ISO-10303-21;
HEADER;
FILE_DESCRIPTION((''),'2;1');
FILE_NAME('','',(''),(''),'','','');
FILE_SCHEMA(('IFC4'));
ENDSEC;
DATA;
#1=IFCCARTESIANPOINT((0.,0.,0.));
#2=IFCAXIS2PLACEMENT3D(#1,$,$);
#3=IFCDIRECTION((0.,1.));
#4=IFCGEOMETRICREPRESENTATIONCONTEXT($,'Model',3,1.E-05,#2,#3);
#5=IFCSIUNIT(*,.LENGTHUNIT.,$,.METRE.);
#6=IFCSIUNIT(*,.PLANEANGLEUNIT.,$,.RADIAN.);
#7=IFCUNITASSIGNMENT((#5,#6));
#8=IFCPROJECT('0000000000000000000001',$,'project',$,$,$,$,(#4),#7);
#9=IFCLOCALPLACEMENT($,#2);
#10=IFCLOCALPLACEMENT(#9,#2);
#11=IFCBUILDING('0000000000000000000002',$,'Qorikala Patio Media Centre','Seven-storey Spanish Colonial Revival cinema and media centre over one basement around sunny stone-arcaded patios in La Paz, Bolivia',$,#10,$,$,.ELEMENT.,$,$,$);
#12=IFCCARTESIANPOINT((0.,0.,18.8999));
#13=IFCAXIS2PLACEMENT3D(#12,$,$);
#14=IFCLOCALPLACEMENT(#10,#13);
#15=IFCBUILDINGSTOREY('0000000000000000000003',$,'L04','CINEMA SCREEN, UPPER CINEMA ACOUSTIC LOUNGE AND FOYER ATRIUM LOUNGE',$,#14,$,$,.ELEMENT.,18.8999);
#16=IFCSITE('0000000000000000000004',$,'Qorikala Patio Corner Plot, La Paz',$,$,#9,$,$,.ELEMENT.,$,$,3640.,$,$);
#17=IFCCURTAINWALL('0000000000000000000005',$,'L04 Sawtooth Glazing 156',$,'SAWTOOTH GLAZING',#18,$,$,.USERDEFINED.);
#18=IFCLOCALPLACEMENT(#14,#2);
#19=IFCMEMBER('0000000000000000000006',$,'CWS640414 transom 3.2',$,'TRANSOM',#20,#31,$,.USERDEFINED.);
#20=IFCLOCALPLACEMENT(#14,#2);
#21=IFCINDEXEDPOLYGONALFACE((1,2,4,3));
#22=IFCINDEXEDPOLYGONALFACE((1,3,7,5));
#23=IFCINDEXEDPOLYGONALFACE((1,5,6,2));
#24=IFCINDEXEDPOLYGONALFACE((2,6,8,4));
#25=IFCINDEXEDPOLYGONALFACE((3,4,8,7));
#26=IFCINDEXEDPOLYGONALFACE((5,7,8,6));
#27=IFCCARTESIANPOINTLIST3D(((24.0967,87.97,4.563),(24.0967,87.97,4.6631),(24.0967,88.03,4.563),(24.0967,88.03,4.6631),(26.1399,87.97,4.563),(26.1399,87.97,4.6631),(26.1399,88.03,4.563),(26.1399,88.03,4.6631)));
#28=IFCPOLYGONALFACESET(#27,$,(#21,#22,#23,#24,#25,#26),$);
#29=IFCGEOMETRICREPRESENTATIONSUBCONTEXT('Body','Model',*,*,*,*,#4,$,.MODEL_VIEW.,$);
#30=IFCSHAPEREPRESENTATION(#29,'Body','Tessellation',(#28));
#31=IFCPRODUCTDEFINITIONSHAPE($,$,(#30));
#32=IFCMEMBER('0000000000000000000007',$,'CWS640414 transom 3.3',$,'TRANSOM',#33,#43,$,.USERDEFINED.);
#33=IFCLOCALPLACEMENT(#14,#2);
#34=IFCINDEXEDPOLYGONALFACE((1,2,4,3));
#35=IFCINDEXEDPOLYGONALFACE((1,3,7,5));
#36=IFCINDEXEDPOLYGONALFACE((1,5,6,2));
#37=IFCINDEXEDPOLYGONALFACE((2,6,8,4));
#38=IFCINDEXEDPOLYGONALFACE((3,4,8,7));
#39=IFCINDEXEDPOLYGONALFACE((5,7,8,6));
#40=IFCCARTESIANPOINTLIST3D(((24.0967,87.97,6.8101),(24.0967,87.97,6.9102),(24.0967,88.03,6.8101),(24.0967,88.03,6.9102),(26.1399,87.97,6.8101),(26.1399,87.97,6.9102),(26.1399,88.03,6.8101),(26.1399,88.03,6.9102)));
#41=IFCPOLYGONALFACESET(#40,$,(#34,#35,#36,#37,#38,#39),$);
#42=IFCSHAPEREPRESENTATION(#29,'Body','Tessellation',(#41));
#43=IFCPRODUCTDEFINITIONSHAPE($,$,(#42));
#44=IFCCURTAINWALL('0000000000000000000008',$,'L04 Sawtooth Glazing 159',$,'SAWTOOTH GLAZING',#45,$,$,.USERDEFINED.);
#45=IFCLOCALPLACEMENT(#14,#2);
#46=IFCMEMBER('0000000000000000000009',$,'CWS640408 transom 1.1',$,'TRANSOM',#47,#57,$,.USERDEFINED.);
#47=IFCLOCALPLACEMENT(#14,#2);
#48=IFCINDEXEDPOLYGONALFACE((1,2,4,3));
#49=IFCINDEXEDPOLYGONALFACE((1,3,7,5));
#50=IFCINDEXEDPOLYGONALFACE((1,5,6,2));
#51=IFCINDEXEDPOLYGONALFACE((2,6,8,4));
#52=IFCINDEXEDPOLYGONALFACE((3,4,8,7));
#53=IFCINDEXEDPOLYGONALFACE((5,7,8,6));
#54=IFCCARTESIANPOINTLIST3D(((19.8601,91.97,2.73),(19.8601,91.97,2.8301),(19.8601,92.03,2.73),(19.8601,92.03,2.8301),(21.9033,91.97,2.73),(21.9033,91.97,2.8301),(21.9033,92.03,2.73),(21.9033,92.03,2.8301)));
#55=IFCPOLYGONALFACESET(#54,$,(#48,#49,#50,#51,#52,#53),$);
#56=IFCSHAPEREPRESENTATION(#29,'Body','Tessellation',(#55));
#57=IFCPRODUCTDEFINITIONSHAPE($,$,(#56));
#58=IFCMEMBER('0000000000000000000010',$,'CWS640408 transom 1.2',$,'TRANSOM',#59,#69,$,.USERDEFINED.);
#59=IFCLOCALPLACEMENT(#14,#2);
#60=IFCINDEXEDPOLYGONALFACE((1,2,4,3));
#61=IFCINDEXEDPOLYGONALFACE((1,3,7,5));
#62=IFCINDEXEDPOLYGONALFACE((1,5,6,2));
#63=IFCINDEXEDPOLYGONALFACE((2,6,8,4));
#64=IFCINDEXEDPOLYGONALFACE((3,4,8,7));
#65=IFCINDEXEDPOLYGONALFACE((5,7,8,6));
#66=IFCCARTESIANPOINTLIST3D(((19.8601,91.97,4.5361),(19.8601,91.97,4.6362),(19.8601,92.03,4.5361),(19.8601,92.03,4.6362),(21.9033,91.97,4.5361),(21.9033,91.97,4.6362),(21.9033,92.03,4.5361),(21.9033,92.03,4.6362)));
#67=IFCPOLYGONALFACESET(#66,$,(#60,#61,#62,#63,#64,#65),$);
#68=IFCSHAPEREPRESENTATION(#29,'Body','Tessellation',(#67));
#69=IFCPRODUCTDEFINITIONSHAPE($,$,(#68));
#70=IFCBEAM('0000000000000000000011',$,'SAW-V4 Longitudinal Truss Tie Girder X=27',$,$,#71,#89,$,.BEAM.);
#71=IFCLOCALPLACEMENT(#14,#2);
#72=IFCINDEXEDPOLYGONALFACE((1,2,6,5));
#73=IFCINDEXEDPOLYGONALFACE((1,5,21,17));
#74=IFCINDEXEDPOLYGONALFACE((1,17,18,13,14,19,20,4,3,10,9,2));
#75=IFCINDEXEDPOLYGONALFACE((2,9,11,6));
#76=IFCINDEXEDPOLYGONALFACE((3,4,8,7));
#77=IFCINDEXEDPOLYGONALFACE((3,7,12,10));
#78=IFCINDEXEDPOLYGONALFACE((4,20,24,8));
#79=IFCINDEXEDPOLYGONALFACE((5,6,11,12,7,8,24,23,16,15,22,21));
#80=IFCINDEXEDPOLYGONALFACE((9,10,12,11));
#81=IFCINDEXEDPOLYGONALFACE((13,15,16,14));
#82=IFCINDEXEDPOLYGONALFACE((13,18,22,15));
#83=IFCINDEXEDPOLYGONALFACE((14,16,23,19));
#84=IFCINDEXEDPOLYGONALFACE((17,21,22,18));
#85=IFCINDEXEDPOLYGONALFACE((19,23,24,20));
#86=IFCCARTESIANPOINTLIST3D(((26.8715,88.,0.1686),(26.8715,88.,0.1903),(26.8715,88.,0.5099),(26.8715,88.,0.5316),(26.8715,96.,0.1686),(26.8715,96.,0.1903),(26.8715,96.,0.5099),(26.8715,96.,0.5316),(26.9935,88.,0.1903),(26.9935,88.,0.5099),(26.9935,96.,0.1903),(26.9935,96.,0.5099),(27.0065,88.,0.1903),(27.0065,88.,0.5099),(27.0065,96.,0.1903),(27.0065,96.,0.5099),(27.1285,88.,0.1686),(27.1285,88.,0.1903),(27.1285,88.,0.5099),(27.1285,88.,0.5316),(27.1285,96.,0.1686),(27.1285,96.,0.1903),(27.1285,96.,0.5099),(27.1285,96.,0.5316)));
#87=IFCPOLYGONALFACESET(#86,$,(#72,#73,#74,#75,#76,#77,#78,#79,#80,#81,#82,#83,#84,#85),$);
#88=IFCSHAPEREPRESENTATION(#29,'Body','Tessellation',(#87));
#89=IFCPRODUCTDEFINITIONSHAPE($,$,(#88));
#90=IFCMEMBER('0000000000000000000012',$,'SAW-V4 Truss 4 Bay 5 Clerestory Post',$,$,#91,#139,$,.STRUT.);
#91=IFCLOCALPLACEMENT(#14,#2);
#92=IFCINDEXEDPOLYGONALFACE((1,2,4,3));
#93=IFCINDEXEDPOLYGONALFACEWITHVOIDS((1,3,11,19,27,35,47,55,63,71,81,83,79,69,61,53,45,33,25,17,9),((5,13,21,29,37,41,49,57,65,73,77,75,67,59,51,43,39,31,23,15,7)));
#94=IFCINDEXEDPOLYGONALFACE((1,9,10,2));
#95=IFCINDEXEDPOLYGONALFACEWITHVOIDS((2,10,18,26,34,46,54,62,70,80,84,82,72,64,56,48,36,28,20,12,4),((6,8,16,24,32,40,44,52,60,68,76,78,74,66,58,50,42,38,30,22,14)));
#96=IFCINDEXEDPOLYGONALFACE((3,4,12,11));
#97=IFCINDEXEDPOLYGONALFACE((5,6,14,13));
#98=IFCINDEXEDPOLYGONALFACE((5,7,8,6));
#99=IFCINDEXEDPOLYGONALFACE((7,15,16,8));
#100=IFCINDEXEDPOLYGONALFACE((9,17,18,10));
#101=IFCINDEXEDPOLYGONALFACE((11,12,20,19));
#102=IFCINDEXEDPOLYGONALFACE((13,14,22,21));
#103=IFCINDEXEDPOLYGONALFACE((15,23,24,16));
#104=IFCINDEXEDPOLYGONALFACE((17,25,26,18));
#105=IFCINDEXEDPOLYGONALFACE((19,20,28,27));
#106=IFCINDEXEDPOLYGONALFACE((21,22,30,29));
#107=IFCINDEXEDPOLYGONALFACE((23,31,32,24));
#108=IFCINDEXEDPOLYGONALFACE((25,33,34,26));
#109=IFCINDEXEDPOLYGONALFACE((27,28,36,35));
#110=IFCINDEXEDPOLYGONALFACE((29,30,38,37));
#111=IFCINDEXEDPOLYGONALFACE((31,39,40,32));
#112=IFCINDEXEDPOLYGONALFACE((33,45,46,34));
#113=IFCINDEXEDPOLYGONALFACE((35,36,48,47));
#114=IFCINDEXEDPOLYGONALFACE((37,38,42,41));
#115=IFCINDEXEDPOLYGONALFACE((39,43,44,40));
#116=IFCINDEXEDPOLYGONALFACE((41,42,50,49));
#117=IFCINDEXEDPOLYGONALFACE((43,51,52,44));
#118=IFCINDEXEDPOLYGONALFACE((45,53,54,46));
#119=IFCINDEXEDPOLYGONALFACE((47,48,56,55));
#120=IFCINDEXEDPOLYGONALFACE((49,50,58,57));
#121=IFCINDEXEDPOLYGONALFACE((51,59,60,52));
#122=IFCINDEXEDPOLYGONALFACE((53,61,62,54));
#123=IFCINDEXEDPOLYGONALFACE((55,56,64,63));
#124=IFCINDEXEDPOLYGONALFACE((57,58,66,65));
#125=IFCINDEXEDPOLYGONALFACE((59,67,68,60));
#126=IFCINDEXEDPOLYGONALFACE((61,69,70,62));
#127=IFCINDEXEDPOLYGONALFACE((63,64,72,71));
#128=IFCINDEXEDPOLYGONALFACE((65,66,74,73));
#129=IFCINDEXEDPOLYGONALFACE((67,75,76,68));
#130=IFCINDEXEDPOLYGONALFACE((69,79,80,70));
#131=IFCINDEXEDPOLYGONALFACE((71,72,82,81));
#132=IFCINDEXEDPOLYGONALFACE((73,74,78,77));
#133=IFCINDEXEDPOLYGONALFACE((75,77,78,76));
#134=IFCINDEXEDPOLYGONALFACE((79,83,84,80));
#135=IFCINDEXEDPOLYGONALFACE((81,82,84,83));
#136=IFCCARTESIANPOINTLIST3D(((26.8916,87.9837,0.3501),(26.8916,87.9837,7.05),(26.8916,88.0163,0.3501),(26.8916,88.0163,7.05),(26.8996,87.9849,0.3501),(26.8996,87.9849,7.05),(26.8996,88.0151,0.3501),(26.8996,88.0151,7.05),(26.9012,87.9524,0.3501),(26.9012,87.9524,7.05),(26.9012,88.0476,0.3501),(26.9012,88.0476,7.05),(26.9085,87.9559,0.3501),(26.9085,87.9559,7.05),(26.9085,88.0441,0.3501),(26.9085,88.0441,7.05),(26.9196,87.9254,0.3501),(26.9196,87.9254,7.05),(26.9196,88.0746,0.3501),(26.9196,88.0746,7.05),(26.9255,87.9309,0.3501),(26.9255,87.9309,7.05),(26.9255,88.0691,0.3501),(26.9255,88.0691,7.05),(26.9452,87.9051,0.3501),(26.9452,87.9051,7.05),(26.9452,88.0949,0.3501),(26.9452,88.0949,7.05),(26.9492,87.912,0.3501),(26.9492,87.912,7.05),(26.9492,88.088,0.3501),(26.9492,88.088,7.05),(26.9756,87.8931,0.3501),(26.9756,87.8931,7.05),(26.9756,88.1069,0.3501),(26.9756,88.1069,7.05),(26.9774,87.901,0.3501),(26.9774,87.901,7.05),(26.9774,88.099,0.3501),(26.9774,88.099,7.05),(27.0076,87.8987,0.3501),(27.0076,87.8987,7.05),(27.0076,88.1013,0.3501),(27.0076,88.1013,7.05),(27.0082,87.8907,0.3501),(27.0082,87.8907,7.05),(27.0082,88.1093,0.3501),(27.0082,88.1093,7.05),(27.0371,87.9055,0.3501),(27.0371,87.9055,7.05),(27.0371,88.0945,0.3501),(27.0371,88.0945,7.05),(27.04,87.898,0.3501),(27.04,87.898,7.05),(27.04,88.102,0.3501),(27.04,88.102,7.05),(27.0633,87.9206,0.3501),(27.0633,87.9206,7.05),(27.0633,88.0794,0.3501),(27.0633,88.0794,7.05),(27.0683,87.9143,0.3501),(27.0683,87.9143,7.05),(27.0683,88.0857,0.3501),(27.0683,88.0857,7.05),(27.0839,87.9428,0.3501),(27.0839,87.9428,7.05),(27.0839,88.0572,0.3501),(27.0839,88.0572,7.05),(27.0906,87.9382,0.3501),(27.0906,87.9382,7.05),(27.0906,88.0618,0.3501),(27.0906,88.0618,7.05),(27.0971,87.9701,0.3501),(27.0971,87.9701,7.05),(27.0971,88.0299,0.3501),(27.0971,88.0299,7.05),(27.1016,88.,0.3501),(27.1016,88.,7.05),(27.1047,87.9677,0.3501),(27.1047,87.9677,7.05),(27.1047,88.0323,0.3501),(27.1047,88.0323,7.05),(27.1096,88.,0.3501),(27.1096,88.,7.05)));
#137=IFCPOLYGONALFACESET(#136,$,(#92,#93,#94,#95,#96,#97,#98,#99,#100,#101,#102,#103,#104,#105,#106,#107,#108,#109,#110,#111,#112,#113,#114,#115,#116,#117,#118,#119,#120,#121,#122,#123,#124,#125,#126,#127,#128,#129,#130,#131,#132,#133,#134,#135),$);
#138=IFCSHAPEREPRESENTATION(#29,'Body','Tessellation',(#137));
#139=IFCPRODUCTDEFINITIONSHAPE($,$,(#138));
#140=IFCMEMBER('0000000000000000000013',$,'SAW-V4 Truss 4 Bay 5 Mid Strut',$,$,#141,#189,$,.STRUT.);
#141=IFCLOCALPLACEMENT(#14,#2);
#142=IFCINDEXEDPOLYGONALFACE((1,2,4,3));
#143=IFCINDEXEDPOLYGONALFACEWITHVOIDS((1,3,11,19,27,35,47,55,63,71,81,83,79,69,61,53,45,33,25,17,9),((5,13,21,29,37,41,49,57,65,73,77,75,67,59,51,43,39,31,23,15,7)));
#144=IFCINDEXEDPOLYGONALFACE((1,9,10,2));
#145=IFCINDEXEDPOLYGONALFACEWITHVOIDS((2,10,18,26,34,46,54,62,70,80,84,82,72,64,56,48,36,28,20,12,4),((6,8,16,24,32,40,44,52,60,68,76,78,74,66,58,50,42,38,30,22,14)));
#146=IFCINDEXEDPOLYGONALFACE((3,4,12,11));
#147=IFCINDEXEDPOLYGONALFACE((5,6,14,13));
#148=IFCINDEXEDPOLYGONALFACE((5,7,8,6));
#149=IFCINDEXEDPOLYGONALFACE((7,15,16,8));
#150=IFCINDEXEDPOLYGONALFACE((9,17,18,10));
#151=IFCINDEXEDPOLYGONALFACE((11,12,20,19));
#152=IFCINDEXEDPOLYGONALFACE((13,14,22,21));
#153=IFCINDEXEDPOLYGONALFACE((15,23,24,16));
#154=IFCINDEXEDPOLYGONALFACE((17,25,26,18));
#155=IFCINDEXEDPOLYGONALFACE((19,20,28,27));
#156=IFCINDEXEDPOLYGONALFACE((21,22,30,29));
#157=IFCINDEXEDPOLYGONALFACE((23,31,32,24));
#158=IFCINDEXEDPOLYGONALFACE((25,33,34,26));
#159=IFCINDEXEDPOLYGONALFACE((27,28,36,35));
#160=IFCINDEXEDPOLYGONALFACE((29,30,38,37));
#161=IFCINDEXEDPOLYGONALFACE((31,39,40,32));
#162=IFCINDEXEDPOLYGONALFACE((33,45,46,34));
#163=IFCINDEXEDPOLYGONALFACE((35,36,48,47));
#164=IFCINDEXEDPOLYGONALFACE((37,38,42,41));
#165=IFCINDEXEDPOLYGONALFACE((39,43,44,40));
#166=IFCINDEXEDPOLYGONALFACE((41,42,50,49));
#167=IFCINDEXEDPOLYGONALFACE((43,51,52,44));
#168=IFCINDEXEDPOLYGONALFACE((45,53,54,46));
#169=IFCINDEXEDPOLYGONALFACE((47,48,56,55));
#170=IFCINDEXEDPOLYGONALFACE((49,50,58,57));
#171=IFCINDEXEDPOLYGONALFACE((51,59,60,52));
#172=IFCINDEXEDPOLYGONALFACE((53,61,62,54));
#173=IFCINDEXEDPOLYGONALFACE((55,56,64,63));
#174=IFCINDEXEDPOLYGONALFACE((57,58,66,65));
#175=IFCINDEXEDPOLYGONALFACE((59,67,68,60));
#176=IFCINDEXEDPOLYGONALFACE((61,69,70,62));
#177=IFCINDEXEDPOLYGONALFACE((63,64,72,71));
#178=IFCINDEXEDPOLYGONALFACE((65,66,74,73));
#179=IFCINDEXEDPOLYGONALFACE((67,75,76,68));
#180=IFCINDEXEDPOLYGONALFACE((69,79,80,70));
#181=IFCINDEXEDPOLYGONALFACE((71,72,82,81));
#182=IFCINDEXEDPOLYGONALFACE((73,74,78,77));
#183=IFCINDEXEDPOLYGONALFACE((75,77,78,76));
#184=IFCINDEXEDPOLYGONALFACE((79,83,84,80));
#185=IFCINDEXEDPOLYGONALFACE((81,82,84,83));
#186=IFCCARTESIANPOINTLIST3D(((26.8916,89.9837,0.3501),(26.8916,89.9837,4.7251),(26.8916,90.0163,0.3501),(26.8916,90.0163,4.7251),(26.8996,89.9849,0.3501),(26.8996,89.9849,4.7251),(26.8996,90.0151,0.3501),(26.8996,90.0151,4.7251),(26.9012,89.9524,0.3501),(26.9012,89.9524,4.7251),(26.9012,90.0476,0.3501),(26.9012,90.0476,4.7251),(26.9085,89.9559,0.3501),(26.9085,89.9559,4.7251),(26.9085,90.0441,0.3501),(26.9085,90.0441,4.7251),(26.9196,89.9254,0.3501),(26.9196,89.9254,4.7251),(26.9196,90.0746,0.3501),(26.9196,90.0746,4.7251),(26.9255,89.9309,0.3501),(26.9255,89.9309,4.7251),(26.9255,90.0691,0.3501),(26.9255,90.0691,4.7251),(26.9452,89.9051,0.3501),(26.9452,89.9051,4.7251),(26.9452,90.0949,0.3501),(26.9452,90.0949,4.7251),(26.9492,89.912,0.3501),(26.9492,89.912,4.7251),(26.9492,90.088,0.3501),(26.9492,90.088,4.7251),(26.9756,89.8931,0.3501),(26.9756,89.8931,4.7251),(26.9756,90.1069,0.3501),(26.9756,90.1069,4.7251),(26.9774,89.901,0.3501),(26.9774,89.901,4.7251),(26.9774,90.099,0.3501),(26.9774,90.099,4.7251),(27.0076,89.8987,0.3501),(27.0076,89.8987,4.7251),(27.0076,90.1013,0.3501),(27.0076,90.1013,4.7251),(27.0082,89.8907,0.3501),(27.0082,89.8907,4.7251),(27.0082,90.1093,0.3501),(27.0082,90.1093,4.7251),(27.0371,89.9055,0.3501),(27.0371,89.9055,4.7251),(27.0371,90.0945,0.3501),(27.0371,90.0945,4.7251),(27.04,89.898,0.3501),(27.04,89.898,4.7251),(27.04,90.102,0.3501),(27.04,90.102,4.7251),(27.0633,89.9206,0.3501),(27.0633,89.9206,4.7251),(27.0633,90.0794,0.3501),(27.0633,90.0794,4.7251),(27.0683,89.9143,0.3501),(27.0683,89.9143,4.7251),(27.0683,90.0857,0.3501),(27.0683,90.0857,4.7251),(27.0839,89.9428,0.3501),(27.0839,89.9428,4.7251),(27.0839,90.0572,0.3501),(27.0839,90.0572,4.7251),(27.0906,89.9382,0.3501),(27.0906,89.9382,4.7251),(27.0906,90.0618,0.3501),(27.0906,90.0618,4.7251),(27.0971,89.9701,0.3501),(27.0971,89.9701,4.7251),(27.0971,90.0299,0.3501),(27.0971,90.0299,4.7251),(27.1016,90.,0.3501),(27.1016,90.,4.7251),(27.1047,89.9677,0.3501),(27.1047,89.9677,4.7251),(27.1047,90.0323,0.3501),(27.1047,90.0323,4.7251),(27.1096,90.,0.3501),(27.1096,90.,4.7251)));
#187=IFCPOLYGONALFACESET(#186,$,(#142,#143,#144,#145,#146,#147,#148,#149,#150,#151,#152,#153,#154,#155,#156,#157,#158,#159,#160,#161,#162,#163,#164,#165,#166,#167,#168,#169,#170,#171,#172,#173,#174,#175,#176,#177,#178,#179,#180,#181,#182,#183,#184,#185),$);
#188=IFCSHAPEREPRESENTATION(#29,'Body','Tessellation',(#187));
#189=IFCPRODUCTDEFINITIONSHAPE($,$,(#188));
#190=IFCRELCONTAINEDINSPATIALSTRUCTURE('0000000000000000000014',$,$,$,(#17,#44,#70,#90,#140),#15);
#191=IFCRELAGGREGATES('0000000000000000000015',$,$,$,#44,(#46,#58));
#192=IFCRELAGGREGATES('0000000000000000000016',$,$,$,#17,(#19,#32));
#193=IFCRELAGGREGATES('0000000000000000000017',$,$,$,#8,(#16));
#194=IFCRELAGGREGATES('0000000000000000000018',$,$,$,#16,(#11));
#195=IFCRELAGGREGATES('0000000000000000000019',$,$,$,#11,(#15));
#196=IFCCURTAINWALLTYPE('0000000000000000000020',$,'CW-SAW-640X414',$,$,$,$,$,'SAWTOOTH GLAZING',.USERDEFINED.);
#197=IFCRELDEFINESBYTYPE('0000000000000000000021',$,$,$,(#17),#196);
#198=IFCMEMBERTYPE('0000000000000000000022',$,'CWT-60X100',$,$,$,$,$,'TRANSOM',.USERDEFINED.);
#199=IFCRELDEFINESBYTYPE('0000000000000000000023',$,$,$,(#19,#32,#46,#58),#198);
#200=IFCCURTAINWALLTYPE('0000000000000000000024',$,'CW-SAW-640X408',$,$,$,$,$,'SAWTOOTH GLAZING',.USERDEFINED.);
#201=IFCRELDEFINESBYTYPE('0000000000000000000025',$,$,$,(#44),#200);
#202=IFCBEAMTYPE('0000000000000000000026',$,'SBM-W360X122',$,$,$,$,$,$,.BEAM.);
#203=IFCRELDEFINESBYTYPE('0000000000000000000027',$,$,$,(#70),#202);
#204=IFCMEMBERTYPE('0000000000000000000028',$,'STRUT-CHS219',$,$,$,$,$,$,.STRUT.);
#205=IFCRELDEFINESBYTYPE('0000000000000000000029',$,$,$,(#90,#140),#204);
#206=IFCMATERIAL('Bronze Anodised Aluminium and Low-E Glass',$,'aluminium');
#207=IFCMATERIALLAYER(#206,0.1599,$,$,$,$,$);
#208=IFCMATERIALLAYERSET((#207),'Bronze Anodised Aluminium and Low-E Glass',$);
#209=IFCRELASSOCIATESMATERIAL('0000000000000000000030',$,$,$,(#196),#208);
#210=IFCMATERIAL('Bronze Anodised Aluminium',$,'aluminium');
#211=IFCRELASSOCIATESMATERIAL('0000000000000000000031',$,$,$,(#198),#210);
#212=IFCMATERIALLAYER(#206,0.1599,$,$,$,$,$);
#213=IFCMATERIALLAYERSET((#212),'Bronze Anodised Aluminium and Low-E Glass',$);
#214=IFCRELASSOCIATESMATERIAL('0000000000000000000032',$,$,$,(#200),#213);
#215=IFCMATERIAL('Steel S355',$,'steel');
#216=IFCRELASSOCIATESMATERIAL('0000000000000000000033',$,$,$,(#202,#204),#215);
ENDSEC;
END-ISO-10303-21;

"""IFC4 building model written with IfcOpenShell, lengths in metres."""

from ifc_helpers import new_model, si_unit, direction, frame, origin, origin_2d, place, context, subcontext, project, spatial, rectangle, hollow_circle, i_section, extrude, material, layer, layer_set, material_profile, profile_set, type_object, element, aggregate, save


model = new_model("IFC4")

# Units and contexts
model_context = context("Model", 3, precision=1e-05, world=origin(), true_north=direction((0.0, 1.0)))
body_context = subcontext(model_context, "Body", "Model", "MODEL_VIEW")
ifc_project = project(units=[si_unit("LENGTHUNIT", "METRE"), si_unit("PLANEANGLEUNIT", "RADIAN")], contexts=[model_context])

# Site, building, storey
site_placement = place(None, origin())
site = spatial("IfcSite", under=ifc_project, at=site_placement, Name="Qorikala Patio Corner Plot, La Paz", CompositionType="ELEMENT", RefElevation=3640.0)
building_placement = place(site_placement, origin())
building = spatial("IfcBuilding", under=site, at=building_placement, Name="Qorikala Patio Media Centre", Description="Seven-storey Spanish Colonial Revival cinema and media centre over one basement around sunny stone-arcaded patios in La Paz, Bolivia", CompositionType="ELEMENT")
storey_placement = place(building_placement, frame((0.0, 0.0, 18.8999)))
storey = spatial("IfcBuildingStorey", under=building, at=storey_placement, Name="L04", Description="CINEMA SCREEN, UPPER CINEMA ACOUSTIC LOUNGE AND FOYER ATRIUM LOUNGE", CompositionType="ELEMENT", Elevation=18.8999)

# Shared definitions
ifc_material_1 = material(Name="Steel S355", Category="steel")

# Curtain walls, members
ifc_material_2 = material(Name="Bronze Anodised Aluminium and Low-E Glass", Category="aluminium")
ifc_layer_1 = layer(ifc_material_2, 0.1599)
ifc_layer_set_1 = layer_set([ifc_layer_1], Name="Bronze Anodised Aluminium and Low-E Glass")
curtain_wall_type_1 = type_object("IfcCurtainWallType", Name="CW-SAW-640X414", ElementType="SAWTOOTH GLAZING", PredefinedType="USERDEFINED", material=ifc_layer_set_1)
curtain_wall_1_placement = place(storey_placement, origin())
curtain_wall_1 = element("IfcCurtainWall", 1, at=curtain_wall_1_placement, inside=storey, type_object=curtain_wall_type_1, Name="L04 Sawtooth Glazing 156", ObjectType="SAWTOOTH GLAZING", PredefinedType="USERDEFINED")
ifc_material_3 = material(Name="Bronze Anodised Aluminium", Category="aluminium")
ifc_material_profile_1 = material_profile(ifc_material_3, rectangle(XDim=0.0601, YDim=0.1001, at=origin_2d()), Name="ALU TRANSOM 60x100")
ifc_profile_set_1 = profile_set([ifc_material_profile_1], Name="Bronze Anodised Aluminium")
member_type_1 = type_object("IfcMemberType", Name="CWT-60X100", ElementType="TRANSOM", PredefinedType="USERDEFINED", material=ifc_profile_set_1)
member_1_placement = place(storey_placement, frame((24.0967, 88.0, 4.613), z_axis=(1.0, 0.0, 0.0), x_axis=(0.0, 1.0, 0.0)))
member_1 = element("IfcMember", 2, at=member_1_placement, type_object=member_type_1, Name="CWS640414 transom 3.2", ObjectType="TRANSOM", PredefinedType="USERDEFINED", context=body_context, shape_type="SweptSolid", body=[
    extrude(rectangle(XDim=0.0601, YDim=0.1001, at=origin_2d()), origin(), (0.0, 0.0, 1.0), 2.0432),
])
member_2_placement = place(storey_placement, frame((24.0967, 88.0, 6.8601), z_axis=(1.0, 0.0, 0.0), x_axis=(0.0, 1.0, 0.0)))
member_2 = element("IfcMember", 3, at=member_2_placement, type_object=member_type_1, Name="CWS640414 transom 3.3", ObjectType="TRANSOM", PredefinedType="USERDEFINED", context=body_context, shape_type="SweptSolid", body=[
    extrude(rectangle(XDim=0.0601, YDim=0.1001, at=origin_2d()), origin(), (0.0, 0.0, 1.0), 2.0432),
])
ifc_layer_2 = layer(ifc_material_2, 0.1599)
ifc_layer_set_2 = layer_set([ifc_layer_2], Name="Bronze Anodised Aluminium and Low-E Glass")
curtain_wall_type_2 = type_object("IfcCurtainWallType", Name="CW-SAW-640X408", ElementType="SAWTOOTH GLAZING", PredefinedType="USERDEFINED", material=ifc_layer_set_2)
curtain_wall_2_placement = place(storey_placement, origin())
curtain_wall_2 = element("IfcCurtainWall", 4, at=curtain_wall_2_placement, inside=storey, type_object=curtain_wall_type_2, Name="L04 Sawtooth Glazing 159", ObjectType="SAWTOOTH GLAZING", PredefinedType="USERDEFINED")
member_3_placement = place(storey_placement, frame((19.8601, 92.0, 2.78), z_axis=(1.0, 0.0, 0.0), x_axis=(0.0, 1.0, 0.0)))
member_3 = element("IfcMember", 5, at=member_3_placement, type_object=member_type_1, Name="CWS640408 transom 1.1", ObjectType="TRANSOM", PredefinedType="USERDEFINED", context=body_context, shape_type="SweptSolid", body=[
    extrude(rectangle(XDim=0.0601, YDim=0.1001, at=origin_2d()), origin(), (0.0, 0.0, 1.0), 2.0432),
])
member_4_placement = place(storey_placement, frame((19.8601, 92.0, 4.5862), z_axis=(1.0, 0.0, 0.0), x_axis=(0.0, 1.0, 0.0)))
member_4 = element("IfcMember", 6, at=member_4_placement, type_object=member_type_1, Name="CWS640408 transom 1.2", ObjectType="TRANSOM", PredefinedType="USERDEFINED", context=body_context, shape_type="SweptSolid", body=[
    extrude(rectangle(XDim=0.0601, YDim=0.1001, at=origin_2d()), origin(), (0.0, 0.0, 1.0), 2.0432),
])
aggregate(curtain_wall_2, [member_3, member_4])

# Beam
ifc_material_profile_2 = material_profile(ifc_material_1, i_section(OverallWidth=0.2571, OverallDepth=0.363, WebThickness=0.0129, FlangeThickness=0.0217, at=origin_2d()), Name="W360X122")
ifc_profile_set_2 = profile_set([ifc_material_profile_2], Name="Steel S355")
beam_type = type_object("IfcBeamType", Name="SBM-W360X122", PredefinedType="BEAM", material=ifc_profile_set_2)
beam_placement = place(storey_placement, frame((27.0, 88.0, 0.3501), z_axis=(0.0, 1.0, 0.0), x_axis=(-1.0, 0.0, 0.0)))
element("IfcBeam", 7, at=beam_placement, inside=storey, type_object=beam_type, Name="SAW-V4 Longitudinal Truss Tie Girder X=27", PredefinedType="BEAM", context=body_context, shape_type="SweptSolid", body=[
    extrude(i_section(OverallWidth=0.2571, OverallDepth=0.363, WebThickness=0.0129, FlangeThickness=0.0217, at=origin_2d()), origin(), (0.0, 0.0, 1.0), 8.0),
])

# Members
ifc_material_profile_3 = material_profile(ifc_material_1, hollow_circle(Radius=0.1096, WallThickness=0.0081, at=origin_2d()), Name="CHS219X8")
ifc_profile_set_3 = profile_set([ifc_material_profile_3], Name="Steel S355")
member_type_2 = type_object("IfcMemberType", Name="STRUT-CHS219", PredefinedType="STRUT", material=ifc_profile_set_3)
member_5_placement = place(storey_placement, frame((27.0, 88.0, 0.3501), z_axis=(0.0, 0.0, 1.0), x_axis=(1.0, 0.0, 0.0)))
element("IfcMember", 8, at=member_5_placement, inside=storey, type_object=member_type_2, Name="SAW-V4 Truss 4 Bay 5 Clerestory Post", PredefinedType="STRUT", context=body_context, shape_type="SweptSolid", body=[
    extrude(hollow_circle(Radius=0.1096, WallThickness=0.0081, at=origin_2d()), origin(), (0.0, 0.0, 1.0), 6.7),
])
member_6_placement = place(storey_placement, frame((27.0, 90.0, 0.3501), z_axis=(0.0, 0.0, 1.0), x_axis=(1.0, 0.0, 0.0)))
element("IfcMember", 9, at=member_6_placement, inside=storey, type_object=member_type_2, Name="SAW-V4 Truss 4 Bay 5 Mid Strut", PredefinedType="STRUT", context=body_context, shape_type="SweptSolid", body=[
    extrude(hollow_circle(Radius=0.1096, WallThickness=0.0081, at=origin_2d()), origin(), (0.0, 0.0, 1.0), 4.375),
])

aggregate(curtain_wall_1, [member_1, member_2])

save(model, "model.ifc")
